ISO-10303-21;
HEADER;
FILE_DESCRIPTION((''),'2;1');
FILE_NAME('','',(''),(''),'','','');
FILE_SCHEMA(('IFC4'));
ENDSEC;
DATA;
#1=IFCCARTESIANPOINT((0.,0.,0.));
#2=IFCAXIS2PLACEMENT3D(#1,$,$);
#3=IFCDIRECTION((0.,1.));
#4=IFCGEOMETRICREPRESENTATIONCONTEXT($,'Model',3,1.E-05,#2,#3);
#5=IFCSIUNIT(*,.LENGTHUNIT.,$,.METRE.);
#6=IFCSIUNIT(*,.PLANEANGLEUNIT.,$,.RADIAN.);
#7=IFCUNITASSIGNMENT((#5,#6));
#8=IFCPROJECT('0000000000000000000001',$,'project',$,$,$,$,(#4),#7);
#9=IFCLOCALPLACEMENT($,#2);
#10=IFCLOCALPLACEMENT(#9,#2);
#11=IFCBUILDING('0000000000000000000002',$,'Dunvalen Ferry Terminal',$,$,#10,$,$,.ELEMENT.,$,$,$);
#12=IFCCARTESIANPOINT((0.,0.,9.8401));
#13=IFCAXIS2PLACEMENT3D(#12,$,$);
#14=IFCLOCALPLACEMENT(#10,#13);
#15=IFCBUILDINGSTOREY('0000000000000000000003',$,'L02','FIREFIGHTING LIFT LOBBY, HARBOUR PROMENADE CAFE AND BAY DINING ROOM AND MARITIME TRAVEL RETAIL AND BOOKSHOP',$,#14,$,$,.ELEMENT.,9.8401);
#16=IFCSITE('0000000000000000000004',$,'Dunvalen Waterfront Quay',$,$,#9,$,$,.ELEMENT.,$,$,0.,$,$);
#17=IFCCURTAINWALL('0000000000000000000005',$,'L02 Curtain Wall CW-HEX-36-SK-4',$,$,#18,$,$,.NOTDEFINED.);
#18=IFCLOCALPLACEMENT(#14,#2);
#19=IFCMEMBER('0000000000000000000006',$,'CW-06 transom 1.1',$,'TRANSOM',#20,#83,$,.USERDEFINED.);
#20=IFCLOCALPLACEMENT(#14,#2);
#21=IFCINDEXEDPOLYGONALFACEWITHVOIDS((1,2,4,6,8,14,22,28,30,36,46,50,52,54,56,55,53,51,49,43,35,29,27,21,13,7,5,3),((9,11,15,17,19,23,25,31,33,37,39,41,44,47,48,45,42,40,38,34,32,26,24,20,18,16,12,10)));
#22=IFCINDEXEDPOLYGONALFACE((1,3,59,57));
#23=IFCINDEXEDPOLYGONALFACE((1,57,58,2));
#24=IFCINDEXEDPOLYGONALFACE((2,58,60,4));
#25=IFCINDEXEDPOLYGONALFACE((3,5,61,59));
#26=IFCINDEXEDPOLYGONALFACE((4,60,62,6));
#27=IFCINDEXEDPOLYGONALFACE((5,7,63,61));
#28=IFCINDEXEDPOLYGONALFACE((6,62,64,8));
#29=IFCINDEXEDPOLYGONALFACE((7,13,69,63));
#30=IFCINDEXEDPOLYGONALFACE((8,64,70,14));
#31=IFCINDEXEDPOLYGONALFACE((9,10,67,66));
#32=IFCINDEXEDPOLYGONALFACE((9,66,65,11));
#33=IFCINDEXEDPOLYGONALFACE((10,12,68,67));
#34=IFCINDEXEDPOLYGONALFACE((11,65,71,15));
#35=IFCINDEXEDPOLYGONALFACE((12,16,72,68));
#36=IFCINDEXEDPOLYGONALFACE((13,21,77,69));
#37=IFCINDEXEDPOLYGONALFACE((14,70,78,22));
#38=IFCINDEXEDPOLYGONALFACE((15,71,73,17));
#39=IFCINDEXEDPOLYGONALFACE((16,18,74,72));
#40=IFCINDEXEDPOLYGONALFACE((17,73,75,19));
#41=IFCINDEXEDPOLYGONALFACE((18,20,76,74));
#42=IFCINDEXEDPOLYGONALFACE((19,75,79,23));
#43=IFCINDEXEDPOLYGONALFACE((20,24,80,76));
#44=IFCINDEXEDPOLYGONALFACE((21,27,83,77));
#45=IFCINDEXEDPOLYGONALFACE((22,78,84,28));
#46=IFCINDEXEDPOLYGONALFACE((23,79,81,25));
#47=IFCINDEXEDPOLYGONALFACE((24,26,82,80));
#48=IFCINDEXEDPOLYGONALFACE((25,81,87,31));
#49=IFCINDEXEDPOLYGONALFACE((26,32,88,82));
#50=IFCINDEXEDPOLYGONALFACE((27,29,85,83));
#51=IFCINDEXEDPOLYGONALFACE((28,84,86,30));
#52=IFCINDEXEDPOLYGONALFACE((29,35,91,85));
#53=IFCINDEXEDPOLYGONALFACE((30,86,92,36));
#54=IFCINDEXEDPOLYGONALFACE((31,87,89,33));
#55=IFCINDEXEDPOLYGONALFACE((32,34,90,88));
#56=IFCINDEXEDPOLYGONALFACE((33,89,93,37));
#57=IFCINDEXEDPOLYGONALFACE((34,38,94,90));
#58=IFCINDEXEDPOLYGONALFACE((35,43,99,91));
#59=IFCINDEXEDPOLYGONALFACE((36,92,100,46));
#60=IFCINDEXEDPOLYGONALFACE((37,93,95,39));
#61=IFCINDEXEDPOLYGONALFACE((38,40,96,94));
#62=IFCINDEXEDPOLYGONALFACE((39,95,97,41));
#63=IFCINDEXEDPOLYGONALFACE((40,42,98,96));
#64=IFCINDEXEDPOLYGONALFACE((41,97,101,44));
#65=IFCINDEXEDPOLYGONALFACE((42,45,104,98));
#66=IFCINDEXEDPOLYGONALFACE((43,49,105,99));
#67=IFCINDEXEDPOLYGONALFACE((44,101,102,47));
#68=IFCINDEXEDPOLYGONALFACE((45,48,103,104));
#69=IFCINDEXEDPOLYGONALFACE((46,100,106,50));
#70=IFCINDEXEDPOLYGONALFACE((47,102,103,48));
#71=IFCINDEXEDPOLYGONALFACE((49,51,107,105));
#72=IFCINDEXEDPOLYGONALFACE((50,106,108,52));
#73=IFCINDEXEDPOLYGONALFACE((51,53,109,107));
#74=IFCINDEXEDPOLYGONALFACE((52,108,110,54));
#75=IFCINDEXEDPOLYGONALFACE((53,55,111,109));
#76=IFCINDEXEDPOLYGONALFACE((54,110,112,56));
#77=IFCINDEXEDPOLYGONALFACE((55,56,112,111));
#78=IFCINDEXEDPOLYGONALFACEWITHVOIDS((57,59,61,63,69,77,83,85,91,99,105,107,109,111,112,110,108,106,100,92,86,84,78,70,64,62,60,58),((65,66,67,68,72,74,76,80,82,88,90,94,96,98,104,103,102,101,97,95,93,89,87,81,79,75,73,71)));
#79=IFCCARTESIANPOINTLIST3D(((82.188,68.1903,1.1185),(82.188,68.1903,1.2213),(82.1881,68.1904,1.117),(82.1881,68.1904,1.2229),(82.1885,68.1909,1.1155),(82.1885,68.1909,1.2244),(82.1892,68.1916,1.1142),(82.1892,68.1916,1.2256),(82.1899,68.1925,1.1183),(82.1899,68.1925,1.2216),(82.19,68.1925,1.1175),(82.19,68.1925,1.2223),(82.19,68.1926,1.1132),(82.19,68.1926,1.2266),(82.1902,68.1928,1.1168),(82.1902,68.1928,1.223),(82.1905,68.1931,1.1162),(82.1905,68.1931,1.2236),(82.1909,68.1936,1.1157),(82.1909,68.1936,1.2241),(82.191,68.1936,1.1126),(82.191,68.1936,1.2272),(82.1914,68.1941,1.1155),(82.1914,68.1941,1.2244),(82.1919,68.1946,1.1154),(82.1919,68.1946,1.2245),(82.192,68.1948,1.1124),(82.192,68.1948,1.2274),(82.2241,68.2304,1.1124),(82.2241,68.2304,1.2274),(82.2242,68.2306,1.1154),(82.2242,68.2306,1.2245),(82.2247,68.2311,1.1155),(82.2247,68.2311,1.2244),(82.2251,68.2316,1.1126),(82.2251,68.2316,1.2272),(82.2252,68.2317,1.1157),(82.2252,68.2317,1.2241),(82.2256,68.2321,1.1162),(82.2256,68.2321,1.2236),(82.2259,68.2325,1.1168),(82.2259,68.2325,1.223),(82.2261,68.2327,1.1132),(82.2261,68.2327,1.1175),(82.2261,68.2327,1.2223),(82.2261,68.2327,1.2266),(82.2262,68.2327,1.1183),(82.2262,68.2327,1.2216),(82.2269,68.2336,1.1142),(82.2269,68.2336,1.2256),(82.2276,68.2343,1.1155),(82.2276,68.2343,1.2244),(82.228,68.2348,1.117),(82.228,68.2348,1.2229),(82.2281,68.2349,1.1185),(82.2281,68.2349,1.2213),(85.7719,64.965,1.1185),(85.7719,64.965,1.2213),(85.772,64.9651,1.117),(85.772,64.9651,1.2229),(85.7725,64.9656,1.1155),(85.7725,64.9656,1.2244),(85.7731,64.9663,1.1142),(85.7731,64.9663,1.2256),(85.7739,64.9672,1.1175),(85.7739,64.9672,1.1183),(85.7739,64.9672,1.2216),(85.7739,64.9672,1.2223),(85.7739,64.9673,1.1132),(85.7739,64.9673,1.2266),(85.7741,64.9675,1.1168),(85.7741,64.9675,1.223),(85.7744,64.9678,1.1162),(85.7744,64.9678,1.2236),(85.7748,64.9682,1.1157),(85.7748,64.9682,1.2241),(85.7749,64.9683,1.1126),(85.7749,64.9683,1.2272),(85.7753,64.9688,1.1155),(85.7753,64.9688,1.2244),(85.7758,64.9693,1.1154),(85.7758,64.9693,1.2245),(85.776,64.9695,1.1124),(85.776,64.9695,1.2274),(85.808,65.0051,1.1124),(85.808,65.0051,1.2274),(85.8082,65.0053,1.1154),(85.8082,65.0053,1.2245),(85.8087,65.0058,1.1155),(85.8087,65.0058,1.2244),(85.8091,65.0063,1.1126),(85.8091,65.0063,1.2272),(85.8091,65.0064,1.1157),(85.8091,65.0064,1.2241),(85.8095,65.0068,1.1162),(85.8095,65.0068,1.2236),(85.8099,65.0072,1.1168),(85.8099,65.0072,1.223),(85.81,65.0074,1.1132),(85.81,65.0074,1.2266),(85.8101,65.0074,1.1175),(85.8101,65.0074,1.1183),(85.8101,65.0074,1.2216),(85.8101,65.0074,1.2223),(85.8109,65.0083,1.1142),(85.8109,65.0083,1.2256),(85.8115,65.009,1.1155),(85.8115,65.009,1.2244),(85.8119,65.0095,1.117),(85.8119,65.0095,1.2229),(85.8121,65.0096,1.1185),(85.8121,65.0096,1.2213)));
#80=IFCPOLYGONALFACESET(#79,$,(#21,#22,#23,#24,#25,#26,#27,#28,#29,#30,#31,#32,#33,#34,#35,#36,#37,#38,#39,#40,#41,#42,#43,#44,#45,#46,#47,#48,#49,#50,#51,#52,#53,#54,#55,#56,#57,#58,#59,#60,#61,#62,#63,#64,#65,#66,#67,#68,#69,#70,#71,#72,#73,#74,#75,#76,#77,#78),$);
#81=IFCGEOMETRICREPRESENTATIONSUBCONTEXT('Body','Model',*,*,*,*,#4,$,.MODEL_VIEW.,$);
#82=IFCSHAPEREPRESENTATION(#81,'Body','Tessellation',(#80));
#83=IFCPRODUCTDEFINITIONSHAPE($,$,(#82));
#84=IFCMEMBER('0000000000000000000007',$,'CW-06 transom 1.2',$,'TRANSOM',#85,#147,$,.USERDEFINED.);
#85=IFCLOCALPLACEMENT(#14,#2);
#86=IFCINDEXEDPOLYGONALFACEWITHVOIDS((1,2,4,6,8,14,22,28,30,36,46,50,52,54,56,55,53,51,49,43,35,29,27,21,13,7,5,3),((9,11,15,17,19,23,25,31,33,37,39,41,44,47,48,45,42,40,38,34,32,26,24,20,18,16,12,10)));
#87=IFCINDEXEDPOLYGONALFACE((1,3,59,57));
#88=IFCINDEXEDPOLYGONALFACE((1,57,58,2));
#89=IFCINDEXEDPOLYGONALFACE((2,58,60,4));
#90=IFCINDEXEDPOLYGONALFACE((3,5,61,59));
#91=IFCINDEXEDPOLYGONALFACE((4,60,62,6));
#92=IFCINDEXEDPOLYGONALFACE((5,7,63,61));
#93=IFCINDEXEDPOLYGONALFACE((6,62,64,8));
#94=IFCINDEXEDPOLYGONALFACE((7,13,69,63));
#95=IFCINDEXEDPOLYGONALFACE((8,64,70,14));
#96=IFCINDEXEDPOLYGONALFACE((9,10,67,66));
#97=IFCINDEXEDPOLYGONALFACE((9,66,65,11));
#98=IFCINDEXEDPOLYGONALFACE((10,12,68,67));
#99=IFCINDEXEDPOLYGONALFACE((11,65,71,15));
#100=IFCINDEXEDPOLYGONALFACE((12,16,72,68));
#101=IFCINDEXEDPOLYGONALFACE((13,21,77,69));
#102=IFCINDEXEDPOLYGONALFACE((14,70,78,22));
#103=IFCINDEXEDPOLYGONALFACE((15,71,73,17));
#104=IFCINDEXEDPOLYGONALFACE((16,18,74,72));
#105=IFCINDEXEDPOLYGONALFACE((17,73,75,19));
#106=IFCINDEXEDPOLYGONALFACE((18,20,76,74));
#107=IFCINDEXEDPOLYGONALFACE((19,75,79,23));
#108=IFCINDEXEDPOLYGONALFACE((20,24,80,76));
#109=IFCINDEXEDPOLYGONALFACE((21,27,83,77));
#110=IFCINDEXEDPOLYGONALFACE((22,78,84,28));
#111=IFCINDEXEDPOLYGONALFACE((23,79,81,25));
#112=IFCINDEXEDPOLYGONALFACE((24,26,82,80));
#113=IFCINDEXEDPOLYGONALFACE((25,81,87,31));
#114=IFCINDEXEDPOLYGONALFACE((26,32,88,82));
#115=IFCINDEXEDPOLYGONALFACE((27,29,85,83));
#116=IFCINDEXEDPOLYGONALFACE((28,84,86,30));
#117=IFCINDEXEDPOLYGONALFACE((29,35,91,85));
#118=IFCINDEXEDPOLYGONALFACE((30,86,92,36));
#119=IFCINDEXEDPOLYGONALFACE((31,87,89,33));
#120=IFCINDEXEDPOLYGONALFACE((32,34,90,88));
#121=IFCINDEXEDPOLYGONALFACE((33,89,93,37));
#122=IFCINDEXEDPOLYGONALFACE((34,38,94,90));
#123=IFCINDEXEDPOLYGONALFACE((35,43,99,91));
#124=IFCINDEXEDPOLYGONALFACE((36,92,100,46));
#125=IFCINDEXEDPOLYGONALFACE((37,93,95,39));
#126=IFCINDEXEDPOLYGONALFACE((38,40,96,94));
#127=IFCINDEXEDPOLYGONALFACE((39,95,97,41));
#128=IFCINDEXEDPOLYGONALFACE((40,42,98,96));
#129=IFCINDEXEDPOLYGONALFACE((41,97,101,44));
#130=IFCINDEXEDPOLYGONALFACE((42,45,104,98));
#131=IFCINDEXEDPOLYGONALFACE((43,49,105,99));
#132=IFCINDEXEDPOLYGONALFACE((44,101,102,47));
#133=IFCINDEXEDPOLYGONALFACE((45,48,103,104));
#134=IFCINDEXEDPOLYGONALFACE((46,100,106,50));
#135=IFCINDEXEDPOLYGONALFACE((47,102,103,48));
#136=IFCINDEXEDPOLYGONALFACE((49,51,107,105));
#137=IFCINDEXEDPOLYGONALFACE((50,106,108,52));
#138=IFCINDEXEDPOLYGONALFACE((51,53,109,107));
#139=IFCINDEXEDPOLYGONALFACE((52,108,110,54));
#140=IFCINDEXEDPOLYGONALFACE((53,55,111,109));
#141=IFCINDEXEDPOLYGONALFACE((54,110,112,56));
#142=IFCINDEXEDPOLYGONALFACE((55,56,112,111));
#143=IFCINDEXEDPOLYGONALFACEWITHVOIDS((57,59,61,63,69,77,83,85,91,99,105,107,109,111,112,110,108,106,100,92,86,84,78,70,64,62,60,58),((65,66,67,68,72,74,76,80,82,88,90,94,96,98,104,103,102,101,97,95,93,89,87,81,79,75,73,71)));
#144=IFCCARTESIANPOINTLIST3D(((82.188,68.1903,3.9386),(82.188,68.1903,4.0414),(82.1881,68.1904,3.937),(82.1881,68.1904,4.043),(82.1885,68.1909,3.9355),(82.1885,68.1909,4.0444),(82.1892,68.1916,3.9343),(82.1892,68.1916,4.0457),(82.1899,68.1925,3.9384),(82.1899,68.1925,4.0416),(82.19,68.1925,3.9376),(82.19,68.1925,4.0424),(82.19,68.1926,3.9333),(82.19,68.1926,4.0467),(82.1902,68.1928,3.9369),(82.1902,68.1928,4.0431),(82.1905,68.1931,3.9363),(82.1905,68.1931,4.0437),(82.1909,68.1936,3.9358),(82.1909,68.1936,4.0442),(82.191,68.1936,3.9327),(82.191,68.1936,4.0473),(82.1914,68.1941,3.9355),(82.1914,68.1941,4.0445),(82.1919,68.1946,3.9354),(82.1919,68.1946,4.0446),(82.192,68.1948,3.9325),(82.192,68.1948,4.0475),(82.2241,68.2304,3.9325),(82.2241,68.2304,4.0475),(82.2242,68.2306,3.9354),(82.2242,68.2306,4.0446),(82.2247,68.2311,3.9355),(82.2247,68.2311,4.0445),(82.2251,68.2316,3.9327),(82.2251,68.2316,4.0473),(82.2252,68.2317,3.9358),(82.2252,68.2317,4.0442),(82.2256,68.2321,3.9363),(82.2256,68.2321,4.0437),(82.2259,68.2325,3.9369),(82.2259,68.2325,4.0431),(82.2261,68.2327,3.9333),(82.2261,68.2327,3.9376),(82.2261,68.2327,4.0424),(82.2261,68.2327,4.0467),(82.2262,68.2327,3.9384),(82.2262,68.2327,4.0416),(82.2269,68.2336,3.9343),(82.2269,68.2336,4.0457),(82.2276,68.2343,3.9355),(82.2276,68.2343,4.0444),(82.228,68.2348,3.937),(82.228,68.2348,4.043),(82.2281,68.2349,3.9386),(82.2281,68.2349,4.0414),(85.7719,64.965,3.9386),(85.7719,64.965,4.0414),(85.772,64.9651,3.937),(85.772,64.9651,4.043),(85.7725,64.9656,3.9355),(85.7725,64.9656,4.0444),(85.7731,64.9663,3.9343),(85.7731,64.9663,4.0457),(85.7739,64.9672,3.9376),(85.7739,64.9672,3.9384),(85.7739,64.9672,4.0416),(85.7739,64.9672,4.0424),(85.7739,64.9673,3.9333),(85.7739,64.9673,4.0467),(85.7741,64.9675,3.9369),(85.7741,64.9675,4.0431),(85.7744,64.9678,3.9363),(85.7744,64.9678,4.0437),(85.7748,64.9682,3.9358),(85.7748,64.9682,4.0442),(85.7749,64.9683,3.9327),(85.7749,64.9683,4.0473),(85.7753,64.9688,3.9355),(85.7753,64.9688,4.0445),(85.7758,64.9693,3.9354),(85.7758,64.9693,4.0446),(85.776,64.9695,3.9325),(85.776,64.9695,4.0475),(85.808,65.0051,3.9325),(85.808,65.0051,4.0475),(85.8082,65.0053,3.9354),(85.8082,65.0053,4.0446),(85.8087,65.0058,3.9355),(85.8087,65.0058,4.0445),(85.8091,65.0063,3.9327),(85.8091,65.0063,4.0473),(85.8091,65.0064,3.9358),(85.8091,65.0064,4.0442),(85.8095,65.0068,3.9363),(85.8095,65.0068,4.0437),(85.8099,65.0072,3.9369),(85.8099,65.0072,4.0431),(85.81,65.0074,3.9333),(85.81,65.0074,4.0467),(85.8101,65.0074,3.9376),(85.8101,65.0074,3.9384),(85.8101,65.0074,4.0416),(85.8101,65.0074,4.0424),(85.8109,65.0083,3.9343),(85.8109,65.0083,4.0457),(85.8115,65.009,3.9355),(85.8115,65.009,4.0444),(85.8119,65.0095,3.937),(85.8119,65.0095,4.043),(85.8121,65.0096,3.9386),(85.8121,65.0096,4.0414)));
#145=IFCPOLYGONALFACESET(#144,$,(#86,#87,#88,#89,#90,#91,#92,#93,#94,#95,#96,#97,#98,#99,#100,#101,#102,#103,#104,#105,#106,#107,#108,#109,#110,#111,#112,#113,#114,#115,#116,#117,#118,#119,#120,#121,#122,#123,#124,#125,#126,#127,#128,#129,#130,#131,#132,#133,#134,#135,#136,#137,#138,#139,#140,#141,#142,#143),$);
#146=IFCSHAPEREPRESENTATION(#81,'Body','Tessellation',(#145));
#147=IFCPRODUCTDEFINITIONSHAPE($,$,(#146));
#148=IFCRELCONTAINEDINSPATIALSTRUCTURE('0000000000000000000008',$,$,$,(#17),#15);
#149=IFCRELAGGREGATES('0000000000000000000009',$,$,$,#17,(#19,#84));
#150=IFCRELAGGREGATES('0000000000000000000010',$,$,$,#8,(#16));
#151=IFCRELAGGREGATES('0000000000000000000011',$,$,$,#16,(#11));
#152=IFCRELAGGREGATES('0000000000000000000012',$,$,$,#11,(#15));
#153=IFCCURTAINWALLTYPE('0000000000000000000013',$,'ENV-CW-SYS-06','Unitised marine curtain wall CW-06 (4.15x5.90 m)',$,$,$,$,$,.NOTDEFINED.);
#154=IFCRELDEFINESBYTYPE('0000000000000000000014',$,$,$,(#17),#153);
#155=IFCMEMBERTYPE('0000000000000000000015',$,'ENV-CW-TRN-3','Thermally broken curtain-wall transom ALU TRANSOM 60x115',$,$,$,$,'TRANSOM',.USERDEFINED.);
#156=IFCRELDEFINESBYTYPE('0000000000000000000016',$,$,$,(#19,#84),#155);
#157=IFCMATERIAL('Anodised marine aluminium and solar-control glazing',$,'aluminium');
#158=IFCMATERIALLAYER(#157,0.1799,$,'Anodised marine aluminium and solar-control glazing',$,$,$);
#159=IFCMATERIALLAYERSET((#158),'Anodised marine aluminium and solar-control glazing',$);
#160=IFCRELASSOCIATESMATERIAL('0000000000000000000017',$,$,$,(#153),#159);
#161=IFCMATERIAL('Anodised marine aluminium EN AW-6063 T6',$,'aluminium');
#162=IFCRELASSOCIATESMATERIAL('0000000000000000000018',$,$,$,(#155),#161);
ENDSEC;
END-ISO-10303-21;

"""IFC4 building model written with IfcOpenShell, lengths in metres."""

from ifc_helpers import new_model, si_unit, direction, frame, origin, origin_2d, place, context, subcontext, project, spatial, hollow_rectangle, extrude, material, layer, layer_set, material_profile, profile_set, type_object, element, aggregate, save


model = new_model("IFC4")

# Units and contexts
model_context = context("Model", 3, precision=1e-05, world=origin(), true_north=direction((0.0, 1.0)))
body_context = subcontext(model_context, "Body", "Model", "MODEL_VIEW")
ifc_project = project(units=[si_unit("LENGTHUNIT", "METRE"), si_unit("PLANEANGLEUNIT", "RADIAN")], contexts=[model_context])

# Site, building, storey
site_placement = place(None, origin())
site = spatial("IfcSite", under=ifc_project, at=site_placement, Name="Dunvalen Waterfront Quay", CompositionType="ELEMENT", RefElevation=0.0)
building_placement = place(site_placement, origin())
building = spatial("IfcBuilding", under=site, at=building_placement, Name="Dunvalen Ferry Terminal", CompositionType="ELEMENT")
storey_placement = place(building_placement, frame((0.0, 0.0, 9.8401)))
storey = spatial("IfcBuildingStorey", under=building, at=storey_placement, Name="L02", Description="FIREFIGHTING LIFT LOBBY, HARBOUR PROMENADE CAFE AND BAY DINING ROOM AND MARITIME TRAVEL RETAIL AND BOOKSHOP", CompositionType="ELEMENT", Elevation=9.8401)

# Shared definitions
ifc_material_1 = material(Name="Anodised marine aluminium and solar-control glazing", Category="aluminium")
ifc_material_2 = material(Name="Anodised marine aluminium EN AW-6063 T6", Category="aluminium")

# Curtain wall, members
ifc_layer_1 = layer(ifc_material_1, 0.1799, Name="Anodised marine aluminium and solar-control glazing")
ifc_layer_set_1 = layer_set([ifc_layer_1], Name="Anodised marine aluminium and solar-control glazing")
curtain_wall_type_1 = type_object("IfcCurtainWallType", Name="ENV-CW-SYS-06", Description="Unitised marine curtain wall CW-06 (4.15x5.90 m)", PredefinedType="NOTDEFINED", material=ifc_layer_set_1)
curtain_wall_1_placement = place(storey_placement, origin())
curtain_wall_1 = element("IfcCurtainWall", 1, at=curtain_wall_1_placement, inside=storey, type_object=curtain_wall_type_1, Name="L02 Curtain Wall CW-HEX-36-SK-4", PredefinedType="NOTDEFINED")
ifc_material_profile_1 = material_profile(ifc_material_2, hollow_rectangle(XDim=0.0601, YDim=0.115, WallThickness=0.0029, InnerFilletRadius=0.0029, OuterFilletRadius=0.0061, at=origin_2d()), Name="Anodised marine aluminium EN AW-6063 T6")
ifc_profile_set_1 = profile_set([ifc_material_profile_1], Name="Anodised marine aluminium EN AW-6063 T6")
member_type_1 = type_object("IfcMemberType", Name="ENV-CW-TRN-3", Description="Thermally broken curtain-wall transom ALU TRANSOM 60x115", ElementType="TRANSOM", PredefinedType="USERDEFINED", material=ifc_profile_set_1)
member_1_placement = place(storey_placement, frame((85.792, 64.9873, 1.1699), z_axis=(-0.743319, 0.668937, 0.0), x_axis=(-0.668937, -0.743319, 0.0)))
member_1 = element("IfcMember", 2, at=member_1_placement, type_object=member_type_1, Name="CW-06 transom 1.1", ObjectType="TRANSOM", PredefinedType="USERDEFINED", context=body_context, shape_type="SweptSolid", body=[
    extrude(hollow_rectangle(XDim=0.0601, YDim=0.115, WallThickness=0.0029, InnerFilletRadius=0.0029, OuterFilletRadius=0.0061, at=origin_2d()), origin(), (0.0, 0.0, 1.0), 4.8215),
])
member_2_placement = place(storey_placement, frame((85.792, 64.9873, 3.99), z_axis=(-0.743319, 0.668937, 0.0), x_axis=(-0.668937, -0.743319, 0.0)))
member_2 = element("IfcMember", 3, at=member_2_placement, type_object=member_type_1, Name="CW-06 transom 1.2", ObjectType="TRANSOM", PredefinedType="USERDEFINED", context=body_context, shape_type="SweptSolid", body=[
    extrude(hollow_rectangle(XDim=0.0601, YDim=0.115, WallThickness=0.0029, InnerFilletRadius=0.0029, OuterFilletRadius=0.0061, at=origin_2d()), origin(), (0.0, 0.0, 1.0), 4.8215),
])
aggregate(curtain_wall_1, [member_1, member_2])

save(model, "model.ifc")
